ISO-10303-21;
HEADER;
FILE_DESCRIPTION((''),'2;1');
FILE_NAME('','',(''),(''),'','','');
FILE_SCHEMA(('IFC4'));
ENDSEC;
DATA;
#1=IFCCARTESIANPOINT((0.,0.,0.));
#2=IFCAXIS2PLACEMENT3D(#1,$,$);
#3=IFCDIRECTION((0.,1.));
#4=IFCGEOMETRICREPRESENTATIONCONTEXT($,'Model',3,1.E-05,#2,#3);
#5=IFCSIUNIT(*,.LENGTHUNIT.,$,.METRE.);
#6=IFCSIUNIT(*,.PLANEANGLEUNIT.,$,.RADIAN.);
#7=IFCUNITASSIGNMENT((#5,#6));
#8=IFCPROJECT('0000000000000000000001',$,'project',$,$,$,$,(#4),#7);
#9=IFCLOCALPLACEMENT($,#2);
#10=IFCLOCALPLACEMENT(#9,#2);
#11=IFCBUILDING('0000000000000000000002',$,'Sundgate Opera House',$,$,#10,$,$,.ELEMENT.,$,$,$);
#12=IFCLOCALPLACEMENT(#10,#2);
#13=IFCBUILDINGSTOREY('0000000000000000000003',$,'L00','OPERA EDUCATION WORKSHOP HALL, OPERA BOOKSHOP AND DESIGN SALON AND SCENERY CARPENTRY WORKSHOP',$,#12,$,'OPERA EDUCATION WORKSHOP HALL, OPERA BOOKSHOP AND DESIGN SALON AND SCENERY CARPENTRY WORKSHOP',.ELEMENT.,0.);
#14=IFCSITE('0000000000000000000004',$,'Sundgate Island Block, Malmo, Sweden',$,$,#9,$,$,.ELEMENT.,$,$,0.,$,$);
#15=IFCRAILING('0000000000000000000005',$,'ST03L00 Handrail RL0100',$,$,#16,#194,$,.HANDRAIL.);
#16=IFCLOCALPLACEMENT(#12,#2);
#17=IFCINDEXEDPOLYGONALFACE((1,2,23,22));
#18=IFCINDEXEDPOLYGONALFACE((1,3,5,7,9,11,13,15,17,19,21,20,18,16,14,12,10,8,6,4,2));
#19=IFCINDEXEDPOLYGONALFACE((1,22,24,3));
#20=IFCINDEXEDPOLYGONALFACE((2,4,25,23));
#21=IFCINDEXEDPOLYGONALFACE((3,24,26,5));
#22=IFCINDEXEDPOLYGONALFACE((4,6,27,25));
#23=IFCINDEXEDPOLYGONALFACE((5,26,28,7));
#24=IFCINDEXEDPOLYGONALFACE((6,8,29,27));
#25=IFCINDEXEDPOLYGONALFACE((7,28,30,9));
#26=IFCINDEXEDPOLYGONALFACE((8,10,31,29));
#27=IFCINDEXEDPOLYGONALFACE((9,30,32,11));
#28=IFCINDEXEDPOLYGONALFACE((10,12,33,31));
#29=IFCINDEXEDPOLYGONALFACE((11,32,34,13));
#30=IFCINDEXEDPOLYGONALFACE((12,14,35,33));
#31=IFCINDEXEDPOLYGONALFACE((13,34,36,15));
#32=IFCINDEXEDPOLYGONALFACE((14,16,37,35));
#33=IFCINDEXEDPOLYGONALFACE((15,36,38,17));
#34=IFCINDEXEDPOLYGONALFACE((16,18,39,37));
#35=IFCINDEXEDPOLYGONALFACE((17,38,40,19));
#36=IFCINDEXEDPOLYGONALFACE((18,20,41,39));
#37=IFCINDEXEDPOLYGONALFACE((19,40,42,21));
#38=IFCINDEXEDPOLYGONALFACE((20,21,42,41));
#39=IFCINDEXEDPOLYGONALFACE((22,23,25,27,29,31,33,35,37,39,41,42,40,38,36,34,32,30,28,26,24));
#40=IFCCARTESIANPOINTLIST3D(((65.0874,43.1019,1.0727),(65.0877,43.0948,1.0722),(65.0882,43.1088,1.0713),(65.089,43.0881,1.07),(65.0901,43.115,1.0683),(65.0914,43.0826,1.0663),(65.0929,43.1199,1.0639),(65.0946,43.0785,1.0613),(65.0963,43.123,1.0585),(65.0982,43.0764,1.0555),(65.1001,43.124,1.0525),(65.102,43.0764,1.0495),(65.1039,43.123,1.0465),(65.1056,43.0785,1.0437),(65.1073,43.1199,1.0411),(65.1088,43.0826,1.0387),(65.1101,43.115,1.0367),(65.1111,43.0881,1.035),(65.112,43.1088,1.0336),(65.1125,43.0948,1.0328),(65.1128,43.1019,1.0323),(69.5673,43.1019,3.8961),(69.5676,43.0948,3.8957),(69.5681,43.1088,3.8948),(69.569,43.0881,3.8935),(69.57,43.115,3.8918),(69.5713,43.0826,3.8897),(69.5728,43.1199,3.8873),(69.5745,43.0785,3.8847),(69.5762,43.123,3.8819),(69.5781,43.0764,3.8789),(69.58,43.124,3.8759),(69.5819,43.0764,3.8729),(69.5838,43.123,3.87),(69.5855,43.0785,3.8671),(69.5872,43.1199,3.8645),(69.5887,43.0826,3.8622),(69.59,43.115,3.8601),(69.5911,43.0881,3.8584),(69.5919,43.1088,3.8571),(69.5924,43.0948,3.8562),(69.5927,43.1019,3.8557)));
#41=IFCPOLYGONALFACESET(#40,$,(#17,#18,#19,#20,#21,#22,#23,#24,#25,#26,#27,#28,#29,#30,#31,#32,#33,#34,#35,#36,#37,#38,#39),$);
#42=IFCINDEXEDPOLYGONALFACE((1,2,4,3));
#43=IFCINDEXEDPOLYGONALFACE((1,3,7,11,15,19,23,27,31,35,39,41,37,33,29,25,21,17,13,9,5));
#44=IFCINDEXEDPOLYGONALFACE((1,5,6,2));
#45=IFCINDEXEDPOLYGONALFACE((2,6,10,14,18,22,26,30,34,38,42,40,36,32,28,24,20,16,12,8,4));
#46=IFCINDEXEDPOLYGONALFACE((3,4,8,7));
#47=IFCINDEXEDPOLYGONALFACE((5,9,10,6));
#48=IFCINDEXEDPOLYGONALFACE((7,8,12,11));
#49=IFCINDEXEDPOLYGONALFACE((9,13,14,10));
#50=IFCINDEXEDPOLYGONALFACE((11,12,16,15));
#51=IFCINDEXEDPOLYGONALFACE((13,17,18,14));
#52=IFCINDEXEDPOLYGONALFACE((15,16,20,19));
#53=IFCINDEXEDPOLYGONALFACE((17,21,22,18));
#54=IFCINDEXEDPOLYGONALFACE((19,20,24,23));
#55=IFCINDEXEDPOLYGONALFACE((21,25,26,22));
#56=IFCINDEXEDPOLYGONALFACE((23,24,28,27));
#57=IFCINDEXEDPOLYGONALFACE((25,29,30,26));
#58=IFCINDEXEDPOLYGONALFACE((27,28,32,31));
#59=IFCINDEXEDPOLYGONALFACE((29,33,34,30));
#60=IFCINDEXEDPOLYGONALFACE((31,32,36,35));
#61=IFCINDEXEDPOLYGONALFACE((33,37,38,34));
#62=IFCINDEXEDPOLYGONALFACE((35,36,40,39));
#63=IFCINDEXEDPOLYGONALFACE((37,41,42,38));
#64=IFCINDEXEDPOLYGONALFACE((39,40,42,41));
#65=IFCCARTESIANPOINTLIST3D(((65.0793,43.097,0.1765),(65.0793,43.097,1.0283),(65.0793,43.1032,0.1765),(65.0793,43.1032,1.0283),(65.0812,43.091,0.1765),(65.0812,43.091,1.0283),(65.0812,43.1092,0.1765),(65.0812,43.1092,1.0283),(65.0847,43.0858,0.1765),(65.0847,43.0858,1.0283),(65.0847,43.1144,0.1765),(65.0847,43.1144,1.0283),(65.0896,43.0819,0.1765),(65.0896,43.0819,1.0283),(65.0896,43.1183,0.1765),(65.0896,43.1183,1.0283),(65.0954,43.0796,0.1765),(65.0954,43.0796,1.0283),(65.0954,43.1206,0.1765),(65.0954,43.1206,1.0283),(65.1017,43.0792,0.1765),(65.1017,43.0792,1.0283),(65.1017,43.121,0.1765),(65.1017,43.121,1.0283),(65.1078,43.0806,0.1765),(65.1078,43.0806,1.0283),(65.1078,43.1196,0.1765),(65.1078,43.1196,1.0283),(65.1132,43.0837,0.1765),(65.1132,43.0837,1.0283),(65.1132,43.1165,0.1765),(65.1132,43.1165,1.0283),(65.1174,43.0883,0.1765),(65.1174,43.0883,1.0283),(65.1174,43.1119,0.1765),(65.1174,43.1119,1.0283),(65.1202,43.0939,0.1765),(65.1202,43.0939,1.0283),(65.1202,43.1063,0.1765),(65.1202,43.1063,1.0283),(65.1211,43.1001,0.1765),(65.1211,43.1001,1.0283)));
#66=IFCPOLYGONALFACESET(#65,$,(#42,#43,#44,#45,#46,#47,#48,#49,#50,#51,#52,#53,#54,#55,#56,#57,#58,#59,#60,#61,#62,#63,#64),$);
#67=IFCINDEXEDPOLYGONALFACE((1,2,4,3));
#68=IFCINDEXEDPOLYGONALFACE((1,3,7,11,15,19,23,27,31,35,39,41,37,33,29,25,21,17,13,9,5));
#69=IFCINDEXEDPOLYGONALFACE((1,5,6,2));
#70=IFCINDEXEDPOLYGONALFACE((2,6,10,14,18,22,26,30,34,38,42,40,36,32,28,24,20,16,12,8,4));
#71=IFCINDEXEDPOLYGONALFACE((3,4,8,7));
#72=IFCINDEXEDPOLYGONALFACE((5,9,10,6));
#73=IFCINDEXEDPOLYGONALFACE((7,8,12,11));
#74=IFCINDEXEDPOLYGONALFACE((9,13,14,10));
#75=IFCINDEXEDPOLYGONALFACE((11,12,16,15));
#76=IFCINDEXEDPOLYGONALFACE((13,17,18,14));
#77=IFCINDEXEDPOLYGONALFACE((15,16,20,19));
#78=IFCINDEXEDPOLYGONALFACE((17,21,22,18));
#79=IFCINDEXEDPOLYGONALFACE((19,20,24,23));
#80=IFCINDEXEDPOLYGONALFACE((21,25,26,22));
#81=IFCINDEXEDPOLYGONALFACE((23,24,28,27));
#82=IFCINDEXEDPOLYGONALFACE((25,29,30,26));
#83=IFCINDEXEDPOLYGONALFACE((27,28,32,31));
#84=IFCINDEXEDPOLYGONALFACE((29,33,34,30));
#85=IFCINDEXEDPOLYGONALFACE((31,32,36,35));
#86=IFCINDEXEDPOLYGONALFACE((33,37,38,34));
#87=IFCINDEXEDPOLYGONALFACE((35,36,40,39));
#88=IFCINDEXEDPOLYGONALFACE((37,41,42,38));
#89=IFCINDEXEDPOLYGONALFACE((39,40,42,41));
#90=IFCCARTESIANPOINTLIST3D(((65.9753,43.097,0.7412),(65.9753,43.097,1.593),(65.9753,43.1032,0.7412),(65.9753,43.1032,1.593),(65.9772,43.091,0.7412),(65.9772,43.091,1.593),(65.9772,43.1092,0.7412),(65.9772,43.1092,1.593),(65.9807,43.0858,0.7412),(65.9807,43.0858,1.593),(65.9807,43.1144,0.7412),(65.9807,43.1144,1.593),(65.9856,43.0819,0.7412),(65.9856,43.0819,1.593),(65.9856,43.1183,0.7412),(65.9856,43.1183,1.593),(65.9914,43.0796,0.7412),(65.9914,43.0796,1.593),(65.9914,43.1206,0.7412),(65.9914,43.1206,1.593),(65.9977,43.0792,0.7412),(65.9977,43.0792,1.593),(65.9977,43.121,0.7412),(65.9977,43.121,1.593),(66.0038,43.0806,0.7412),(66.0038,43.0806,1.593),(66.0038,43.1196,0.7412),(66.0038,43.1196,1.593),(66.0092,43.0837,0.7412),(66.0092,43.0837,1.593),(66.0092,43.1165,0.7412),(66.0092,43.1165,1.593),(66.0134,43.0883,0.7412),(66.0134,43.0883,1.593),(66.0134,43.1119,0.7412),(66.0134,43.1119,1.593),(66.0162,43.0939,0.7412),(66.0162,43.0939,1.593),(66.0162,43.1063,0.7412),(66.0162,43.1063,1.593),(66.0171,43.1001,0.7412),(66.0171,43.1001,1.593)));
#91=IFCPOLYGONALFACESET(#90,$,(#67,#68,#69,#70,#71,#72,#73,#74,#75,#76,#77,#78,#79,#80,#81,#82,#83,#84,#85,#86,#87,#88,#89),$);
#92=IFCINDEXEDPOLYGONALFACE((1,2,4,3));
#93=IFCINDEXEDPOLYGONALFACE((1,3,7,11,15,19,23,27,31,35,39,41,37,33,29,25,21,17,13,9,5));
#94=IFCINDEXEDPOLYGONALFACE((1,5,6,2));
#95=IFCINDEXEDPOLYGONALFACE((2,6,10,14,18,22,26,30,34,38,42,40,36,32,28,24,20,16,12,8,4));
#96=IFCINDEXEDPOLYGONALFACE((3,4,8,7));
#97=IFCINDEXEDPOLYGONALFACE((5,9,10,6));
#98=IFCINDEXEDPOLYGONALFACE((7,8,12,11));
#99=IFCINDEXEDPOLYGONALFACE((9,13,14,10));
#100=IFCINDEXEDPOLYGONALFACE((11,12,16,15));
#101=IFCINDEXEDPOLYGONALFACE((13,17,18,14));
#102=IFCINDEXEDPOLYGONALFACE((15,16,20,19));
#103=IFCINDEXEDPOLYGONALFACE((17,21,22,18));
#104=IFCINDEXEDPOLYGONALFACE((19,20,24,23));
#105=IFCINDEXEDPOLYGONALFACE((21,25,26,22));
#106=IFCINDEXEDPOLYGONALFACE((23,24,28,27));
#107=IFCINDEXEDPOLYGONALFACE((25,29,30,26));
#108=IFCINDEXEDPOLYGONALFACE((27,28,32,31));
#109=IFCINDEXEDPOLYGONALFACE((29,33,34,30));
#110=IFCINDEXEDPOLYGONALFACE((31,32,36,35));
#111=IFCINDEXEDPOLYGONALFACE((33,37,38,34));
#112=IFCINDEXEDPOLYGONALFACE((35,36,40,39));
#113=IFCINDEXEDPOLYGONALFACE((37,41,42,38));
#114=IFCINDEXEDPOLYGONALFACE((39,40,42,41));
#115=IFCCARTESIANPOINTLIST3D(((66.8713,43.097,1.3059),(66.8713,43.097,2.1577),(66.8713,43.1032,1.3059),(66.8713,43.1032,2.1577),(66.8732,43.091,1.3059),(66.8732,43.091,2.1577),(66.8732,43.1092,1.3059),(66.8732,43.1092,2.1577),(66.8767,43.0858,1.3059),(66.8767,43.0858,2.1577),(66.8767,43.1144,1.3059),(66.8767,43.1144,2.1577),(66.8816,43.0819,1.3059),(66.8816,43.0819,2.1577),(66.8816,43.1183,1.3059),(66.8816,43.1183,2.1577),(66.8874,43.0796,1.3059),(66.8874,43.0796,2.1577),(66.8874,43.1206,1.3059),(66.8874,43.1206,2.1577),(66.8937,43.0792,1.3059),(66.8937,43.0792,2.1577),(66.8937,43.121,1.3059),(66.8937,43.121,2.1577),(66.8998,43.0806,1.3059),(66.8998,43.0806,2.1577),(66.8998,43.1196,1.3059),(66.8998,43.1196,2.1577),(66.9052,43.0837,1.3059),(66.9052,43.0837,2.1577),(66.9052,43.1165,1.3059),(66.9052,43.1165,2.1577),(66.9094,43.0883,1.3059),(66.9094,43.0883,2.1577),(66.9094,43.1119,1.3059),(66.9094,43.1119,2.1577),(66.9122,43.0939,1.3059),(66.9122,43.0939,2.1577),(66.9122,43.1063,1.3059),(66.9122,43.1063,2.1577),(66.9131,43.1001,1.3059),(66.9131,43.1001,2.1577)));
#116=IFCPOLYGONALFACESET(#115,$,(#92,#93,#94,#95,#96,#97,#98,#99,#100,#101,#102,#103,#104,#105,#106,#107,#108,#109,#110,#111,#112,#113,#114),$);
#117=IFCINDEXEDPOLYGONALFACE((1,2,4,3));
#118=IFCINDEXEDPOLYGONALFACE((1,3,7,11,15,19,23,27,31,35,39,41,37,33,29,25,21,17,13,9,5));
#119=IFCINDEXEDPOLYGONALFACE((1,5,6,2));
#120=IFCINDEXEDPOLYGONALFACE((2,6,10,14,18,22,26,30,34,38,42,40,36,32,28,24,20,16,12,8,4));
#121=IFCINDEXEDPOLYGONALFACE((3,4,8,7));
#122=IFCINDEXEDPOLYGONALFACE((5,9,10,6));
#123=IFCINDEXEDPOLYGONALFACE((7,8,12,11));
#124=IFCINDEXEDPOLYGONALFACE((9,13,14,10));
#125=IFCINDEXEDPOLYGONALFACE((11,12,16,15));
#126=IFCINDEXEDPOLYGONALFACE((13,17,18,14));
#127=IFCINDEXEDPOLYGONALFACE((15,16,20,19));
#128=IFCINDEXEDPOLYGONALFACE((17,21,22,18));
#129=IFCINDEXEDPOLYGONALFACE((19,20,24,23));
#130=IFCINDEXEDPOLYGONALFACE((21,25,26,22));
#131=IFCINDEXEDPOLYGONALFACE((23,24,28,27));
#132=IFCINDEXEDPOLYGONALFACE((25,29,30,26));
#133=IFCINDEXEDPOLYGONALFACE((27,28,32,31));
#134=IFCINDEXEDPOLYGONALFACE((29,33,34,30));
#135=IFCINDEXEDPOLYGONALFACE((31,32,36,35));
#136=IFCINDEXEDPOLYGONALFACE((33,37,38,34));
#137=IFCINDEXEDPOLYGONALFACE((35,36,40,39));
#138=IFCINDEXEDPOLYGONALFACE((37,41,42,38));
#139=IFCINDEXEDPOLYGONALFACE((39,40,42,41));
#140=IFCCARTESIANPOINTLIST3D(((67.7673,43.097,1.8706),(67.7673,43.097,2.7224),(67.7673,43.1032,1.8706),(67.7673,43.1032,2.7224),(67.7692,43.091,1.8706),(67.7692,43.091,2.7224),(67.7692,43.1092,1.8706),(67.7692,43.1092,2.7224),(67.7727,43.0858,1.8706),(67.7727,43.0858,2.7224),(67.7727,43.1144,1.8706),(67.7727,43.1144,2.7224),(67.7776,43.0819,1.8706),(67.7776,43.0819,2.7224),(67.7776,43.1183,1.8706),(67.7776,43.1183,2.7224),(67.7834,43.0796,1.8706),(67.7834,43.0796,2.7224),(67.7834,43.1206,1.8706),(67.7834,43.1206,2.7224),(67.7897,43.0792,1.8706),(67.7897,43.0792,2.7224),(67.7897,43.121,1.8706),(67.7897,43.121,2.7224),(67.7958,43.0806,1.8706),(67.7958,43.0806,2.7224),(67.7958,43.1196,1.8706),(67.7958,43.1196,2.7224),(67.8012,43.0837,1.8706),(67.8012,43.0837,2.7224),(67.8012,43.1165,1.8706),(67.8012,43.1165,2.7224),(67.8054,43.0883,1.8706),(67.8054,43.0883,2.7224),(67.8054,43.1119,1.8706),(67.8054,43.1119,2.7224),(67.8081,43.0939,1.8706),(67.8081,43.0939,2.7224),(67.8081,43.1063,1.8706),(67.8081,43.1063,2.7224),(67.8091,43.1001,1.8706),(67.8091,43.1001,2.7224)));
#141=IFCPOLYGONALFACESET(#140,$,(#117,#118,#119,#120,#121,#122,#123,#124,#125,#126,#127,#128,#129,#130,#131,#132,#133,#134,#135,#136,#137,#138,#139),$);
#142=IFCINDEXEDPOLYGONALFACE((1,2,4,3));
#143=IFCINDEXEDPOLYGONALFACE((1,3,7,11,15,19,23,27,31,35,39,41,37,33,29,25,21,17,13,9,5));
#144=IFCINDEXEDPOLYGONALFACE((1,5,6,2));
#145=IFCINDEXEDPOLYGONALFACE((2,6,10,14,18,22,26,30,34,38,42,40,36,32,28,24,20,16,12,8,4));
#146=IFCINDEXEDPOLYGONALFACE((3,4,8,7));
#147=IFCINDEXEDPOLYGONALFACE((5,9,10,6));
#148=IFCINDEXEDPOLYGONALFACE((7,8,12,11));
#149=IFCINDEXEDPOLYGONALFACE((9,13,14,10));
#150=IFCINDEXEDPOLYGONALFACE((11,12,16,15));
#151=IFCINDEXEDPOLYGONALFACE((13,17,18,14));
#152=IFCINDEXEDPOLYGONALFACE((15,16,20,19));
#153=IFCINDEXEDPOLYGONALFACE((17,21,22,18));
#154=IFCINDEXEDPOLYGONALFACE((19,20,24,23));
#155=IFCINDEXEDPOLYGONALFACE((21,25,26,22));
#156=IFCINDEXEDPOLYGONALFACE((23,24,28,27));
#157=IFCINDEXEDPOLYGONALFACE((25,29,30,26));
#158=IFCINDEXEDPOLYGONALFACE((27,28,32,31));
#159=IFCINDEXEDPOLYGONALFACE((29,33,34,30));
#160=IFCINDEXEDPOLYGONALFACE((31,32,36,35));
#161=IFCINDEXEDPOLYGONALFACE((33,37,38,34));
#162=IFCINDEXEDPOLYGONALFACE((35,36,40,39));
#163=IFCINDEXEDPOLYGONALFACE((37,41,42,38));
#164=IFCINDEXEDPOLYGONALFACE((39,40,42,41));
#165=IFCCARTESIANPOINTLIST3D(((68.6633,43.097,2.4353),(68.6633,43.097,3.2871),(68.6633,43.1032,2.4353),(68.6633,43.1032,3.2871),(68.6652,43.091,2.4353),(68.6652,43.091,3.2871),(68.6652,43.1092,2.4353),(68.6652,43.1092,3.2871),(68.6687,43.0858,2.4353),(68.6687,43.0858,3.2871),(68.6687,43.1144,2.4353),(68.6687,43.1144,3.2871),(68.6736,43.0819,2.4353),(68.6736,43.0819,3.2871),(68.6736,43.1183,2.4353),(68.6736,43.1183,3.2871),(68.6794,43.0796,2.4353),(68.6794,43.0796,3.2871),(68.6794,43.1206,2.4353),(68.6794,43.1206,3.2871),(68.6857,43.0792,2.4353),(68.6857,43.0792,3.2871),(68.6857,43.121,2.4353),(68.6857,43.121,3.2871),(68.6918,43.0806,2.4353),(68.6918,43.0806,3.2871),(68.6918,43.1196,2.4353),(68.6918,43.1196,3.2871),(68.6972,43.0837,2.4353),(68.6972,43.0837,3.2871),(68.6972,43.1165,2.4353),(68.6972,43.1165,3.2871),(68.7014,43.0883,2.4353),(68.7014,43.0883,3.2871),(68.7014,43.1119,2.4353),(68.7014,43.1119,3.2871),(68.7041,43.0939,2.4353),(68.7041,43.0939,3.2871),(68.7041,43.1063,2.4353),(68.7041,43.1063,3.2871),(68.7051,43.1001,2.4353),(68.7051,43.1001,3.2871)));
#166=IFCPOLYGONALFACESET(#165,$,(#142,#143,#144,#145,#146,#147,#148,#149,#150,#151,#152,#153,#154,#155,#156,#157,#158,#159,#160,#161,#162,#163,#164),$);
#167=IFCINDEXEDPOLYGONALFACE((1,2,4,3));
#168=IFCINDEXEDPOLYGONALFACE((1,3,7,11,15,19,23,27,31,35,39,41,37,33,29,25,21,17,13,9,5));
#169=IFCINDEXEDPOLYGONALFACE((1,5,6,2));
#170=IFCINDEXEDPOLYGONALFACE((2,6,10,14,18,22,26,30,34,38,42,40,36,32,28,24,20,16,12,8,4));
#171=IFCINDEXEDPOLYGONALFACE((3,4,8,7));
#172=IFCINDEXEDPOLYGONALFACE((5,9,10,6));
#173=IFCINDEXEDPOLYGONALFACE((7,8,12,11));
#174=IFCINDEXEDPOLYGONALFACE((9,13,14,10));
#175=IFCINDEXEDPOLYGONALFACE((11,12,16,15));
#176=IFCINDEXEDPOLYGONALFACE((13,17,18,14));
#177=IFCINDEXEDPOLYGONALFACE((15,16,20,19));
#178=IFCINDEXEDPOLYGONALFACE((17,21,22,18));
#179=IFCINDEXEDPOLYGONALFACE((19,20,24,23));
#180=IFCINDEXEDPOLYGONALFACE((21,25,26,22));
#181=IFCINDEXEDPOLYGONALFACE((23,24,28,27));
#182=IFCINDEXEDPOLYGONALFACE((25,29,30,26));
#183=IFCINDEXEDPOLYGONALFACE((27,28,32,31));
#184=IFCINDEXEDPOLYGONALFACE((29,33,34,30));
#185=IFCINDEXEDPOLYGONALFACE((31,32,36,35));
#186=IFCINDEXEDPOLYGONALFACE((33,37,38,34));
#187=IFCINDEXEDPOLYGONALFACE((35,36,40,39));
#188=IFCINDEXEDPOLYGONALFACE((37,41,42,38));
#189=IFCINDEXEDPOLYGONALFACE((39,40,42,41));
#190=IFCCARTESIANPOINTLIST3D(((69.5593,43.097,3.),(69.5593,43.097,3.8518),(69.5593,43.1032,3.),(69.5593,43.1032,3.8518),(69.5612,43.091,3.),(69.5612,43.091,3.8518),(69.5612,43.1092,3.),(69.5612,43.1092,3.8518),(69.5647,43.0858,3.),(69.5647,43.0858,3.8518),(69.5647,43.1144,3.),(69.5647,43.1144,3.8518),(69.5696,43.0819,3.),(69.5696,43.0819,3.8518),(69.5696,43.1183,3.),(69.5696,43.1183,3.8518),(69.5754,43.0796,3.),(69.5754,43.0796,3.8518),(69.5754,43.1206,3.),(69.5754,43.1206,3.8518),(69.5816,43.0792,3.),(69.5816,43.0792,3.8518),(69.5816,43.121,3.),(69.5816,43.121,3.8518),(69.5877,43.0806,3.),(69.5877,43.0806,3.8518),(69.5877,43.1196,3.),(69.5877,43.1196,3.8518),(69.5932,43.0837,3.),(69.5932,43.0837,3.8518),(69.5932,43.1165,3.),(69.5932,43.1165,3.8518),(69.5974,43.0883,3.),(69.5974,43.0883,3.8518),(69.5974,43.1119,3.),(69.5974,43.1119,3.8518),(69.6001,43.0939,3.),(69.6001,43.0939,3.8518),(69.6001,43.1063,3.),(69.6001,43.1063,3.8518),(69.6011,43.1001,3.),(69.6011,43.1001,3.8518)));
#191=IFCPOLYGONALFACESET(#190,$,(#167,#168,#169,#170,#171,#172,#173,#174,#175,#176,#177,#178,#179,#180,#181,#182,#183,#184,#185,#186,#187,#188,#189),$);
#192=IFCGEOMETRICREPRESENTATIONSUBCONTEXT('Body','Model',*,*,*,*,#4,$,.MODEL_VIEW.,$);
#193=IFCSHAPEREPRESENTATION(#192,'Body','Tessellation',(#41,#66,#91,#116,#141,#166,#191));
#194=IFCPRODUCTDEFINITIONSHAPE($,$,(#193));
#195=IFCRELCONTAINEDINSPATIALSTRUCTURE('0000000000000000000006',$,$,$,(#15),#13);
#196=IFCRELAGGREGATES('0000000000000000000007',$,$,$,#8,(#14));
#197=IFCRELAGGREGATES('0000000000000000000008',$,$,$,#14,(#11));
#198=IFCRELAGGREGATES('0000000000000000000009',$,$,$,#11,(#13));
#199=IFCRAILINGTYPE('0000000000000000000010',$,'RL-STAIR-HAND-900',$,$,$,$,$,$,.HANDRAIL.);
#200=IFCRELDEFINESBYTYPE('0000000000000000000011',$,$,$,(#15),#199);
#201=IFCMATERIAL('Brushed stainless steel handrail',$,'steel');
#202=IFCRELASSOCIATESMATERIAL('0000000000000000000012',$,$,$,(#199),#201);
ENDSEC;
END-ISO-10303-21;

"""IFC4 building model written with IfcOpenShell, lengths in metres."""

from ifc_helpers import new_model, si_unit, direction, frame, origin, origin_2d, place, context, subcontext, project, spatial, circle, extrude, material, type_object, element, save


model = new_model("IFC4")

# Units and contexts
model_context = context("Model", 3, precision=1e-05, world=origin(), true_north=direction((0.0, 1.0)))
body_context = subcontext(model_context, "Body", "Model", "MODEL_VIEW")
ifc_project = project(units=[si_unit("LENGTHUNIT", "METRE"), si_unit("PLANEANGLEUNIT", "RADIAN")], contexts=[model_context])

# Site, building, storey
site_placement = place(None, origin())
site = spatial("IfcSite", under=ifc_project, at=site_placement, Name="Sundgate Island Block, Malmo, Sweden", CompositionType="ELEMENT", RefElevation=0.0)
building_placement = place(site_placement, origin())
building = spatial("IfcBuilding", under=site, at=building_placement, Name="Sundgate Opera House", CompositionType="ELEMENT")
storey_placement = place(building_placement, origin())
storey = spatial("IfcBuildingStorey", under=building, at=storey_placement, Name="L00", Description="OPERA EDUCATION WORKSHOP HALL, OPERA BOOKSHOP AND DESIGN SALON AND SCENERY CARPENTRY WORKSHOP", LongName="OPERA EDUCATION WORKSHOP HALL, OPERA BOOKSHOP AND DESIGN SALON AND SCENERY CARPENTRY WORKSHOP", CompositionType="ELEMENT", Elevation=0.0)

# Railing
ifc_material_1 = material(Name="Brushed stainless steel handrail", Category="steel")
railing_type_1 = type_object("IfcRailingType", Name="RL-STAIR-HAND-900", PredefinedType="HANDRAIL", material=ifc_material_1)
railing_1_placement = place(storey_placement, frame((65.1001, 43.1001, 0.1765)))
element("IfcRailing", 1, at=railing_1_placement, inside=storey, type_object=railing_type_1, Name="ST03L00 Handrail RL0100", PredefinedType="HANDRAIL", context=body_context, shape_type="SweptSolid", body=[
    extrude(circle(Radius=0.0239, at=origin_2d()), frame((0.0, 0.0, 0.876), z_axis=(0.845998, 0.0, 0.533186), x_axis=(0.0, 1.0, 0.0)), (0.0, 0.0, 1.0), 5.2954),
    extrude(circle(Radius=0.021, at=origin_2d()), origin(), (0.0, 0.0, 1.0), 0.8518),
    extrude(circle(Radius=0.021, at=origin_2d()), frame((0.896, 0.0, 0.5647)), (0.0, 0.0, 1.0), 0.8518),
    extrude(circle(Radius=0.021, at=origin_2d()), frame((1.792, 0.0, 1.1294)), (0.0, 0.0, 1.0), 0.8518),
    extrude(circle(Radius=0.021, at=origin_2d()), frame((2.688, 0.0, 1.6941)), (0.0, 0.0, 1.0), 0.8518),
    extrude(circle(Radius=0.021, at=origin_2d()), frame((3.584, 0.0, 2.2588)), (0.0, 0.0, 1.0), 0.8518),
    extrude(circle(Radius=0.021, at=origin_2d()), frame((4.48, 0.0, 2.8235)), (0.0, 0.0, 1.0), 0.8518),
])

save(model, "model.ifc")
